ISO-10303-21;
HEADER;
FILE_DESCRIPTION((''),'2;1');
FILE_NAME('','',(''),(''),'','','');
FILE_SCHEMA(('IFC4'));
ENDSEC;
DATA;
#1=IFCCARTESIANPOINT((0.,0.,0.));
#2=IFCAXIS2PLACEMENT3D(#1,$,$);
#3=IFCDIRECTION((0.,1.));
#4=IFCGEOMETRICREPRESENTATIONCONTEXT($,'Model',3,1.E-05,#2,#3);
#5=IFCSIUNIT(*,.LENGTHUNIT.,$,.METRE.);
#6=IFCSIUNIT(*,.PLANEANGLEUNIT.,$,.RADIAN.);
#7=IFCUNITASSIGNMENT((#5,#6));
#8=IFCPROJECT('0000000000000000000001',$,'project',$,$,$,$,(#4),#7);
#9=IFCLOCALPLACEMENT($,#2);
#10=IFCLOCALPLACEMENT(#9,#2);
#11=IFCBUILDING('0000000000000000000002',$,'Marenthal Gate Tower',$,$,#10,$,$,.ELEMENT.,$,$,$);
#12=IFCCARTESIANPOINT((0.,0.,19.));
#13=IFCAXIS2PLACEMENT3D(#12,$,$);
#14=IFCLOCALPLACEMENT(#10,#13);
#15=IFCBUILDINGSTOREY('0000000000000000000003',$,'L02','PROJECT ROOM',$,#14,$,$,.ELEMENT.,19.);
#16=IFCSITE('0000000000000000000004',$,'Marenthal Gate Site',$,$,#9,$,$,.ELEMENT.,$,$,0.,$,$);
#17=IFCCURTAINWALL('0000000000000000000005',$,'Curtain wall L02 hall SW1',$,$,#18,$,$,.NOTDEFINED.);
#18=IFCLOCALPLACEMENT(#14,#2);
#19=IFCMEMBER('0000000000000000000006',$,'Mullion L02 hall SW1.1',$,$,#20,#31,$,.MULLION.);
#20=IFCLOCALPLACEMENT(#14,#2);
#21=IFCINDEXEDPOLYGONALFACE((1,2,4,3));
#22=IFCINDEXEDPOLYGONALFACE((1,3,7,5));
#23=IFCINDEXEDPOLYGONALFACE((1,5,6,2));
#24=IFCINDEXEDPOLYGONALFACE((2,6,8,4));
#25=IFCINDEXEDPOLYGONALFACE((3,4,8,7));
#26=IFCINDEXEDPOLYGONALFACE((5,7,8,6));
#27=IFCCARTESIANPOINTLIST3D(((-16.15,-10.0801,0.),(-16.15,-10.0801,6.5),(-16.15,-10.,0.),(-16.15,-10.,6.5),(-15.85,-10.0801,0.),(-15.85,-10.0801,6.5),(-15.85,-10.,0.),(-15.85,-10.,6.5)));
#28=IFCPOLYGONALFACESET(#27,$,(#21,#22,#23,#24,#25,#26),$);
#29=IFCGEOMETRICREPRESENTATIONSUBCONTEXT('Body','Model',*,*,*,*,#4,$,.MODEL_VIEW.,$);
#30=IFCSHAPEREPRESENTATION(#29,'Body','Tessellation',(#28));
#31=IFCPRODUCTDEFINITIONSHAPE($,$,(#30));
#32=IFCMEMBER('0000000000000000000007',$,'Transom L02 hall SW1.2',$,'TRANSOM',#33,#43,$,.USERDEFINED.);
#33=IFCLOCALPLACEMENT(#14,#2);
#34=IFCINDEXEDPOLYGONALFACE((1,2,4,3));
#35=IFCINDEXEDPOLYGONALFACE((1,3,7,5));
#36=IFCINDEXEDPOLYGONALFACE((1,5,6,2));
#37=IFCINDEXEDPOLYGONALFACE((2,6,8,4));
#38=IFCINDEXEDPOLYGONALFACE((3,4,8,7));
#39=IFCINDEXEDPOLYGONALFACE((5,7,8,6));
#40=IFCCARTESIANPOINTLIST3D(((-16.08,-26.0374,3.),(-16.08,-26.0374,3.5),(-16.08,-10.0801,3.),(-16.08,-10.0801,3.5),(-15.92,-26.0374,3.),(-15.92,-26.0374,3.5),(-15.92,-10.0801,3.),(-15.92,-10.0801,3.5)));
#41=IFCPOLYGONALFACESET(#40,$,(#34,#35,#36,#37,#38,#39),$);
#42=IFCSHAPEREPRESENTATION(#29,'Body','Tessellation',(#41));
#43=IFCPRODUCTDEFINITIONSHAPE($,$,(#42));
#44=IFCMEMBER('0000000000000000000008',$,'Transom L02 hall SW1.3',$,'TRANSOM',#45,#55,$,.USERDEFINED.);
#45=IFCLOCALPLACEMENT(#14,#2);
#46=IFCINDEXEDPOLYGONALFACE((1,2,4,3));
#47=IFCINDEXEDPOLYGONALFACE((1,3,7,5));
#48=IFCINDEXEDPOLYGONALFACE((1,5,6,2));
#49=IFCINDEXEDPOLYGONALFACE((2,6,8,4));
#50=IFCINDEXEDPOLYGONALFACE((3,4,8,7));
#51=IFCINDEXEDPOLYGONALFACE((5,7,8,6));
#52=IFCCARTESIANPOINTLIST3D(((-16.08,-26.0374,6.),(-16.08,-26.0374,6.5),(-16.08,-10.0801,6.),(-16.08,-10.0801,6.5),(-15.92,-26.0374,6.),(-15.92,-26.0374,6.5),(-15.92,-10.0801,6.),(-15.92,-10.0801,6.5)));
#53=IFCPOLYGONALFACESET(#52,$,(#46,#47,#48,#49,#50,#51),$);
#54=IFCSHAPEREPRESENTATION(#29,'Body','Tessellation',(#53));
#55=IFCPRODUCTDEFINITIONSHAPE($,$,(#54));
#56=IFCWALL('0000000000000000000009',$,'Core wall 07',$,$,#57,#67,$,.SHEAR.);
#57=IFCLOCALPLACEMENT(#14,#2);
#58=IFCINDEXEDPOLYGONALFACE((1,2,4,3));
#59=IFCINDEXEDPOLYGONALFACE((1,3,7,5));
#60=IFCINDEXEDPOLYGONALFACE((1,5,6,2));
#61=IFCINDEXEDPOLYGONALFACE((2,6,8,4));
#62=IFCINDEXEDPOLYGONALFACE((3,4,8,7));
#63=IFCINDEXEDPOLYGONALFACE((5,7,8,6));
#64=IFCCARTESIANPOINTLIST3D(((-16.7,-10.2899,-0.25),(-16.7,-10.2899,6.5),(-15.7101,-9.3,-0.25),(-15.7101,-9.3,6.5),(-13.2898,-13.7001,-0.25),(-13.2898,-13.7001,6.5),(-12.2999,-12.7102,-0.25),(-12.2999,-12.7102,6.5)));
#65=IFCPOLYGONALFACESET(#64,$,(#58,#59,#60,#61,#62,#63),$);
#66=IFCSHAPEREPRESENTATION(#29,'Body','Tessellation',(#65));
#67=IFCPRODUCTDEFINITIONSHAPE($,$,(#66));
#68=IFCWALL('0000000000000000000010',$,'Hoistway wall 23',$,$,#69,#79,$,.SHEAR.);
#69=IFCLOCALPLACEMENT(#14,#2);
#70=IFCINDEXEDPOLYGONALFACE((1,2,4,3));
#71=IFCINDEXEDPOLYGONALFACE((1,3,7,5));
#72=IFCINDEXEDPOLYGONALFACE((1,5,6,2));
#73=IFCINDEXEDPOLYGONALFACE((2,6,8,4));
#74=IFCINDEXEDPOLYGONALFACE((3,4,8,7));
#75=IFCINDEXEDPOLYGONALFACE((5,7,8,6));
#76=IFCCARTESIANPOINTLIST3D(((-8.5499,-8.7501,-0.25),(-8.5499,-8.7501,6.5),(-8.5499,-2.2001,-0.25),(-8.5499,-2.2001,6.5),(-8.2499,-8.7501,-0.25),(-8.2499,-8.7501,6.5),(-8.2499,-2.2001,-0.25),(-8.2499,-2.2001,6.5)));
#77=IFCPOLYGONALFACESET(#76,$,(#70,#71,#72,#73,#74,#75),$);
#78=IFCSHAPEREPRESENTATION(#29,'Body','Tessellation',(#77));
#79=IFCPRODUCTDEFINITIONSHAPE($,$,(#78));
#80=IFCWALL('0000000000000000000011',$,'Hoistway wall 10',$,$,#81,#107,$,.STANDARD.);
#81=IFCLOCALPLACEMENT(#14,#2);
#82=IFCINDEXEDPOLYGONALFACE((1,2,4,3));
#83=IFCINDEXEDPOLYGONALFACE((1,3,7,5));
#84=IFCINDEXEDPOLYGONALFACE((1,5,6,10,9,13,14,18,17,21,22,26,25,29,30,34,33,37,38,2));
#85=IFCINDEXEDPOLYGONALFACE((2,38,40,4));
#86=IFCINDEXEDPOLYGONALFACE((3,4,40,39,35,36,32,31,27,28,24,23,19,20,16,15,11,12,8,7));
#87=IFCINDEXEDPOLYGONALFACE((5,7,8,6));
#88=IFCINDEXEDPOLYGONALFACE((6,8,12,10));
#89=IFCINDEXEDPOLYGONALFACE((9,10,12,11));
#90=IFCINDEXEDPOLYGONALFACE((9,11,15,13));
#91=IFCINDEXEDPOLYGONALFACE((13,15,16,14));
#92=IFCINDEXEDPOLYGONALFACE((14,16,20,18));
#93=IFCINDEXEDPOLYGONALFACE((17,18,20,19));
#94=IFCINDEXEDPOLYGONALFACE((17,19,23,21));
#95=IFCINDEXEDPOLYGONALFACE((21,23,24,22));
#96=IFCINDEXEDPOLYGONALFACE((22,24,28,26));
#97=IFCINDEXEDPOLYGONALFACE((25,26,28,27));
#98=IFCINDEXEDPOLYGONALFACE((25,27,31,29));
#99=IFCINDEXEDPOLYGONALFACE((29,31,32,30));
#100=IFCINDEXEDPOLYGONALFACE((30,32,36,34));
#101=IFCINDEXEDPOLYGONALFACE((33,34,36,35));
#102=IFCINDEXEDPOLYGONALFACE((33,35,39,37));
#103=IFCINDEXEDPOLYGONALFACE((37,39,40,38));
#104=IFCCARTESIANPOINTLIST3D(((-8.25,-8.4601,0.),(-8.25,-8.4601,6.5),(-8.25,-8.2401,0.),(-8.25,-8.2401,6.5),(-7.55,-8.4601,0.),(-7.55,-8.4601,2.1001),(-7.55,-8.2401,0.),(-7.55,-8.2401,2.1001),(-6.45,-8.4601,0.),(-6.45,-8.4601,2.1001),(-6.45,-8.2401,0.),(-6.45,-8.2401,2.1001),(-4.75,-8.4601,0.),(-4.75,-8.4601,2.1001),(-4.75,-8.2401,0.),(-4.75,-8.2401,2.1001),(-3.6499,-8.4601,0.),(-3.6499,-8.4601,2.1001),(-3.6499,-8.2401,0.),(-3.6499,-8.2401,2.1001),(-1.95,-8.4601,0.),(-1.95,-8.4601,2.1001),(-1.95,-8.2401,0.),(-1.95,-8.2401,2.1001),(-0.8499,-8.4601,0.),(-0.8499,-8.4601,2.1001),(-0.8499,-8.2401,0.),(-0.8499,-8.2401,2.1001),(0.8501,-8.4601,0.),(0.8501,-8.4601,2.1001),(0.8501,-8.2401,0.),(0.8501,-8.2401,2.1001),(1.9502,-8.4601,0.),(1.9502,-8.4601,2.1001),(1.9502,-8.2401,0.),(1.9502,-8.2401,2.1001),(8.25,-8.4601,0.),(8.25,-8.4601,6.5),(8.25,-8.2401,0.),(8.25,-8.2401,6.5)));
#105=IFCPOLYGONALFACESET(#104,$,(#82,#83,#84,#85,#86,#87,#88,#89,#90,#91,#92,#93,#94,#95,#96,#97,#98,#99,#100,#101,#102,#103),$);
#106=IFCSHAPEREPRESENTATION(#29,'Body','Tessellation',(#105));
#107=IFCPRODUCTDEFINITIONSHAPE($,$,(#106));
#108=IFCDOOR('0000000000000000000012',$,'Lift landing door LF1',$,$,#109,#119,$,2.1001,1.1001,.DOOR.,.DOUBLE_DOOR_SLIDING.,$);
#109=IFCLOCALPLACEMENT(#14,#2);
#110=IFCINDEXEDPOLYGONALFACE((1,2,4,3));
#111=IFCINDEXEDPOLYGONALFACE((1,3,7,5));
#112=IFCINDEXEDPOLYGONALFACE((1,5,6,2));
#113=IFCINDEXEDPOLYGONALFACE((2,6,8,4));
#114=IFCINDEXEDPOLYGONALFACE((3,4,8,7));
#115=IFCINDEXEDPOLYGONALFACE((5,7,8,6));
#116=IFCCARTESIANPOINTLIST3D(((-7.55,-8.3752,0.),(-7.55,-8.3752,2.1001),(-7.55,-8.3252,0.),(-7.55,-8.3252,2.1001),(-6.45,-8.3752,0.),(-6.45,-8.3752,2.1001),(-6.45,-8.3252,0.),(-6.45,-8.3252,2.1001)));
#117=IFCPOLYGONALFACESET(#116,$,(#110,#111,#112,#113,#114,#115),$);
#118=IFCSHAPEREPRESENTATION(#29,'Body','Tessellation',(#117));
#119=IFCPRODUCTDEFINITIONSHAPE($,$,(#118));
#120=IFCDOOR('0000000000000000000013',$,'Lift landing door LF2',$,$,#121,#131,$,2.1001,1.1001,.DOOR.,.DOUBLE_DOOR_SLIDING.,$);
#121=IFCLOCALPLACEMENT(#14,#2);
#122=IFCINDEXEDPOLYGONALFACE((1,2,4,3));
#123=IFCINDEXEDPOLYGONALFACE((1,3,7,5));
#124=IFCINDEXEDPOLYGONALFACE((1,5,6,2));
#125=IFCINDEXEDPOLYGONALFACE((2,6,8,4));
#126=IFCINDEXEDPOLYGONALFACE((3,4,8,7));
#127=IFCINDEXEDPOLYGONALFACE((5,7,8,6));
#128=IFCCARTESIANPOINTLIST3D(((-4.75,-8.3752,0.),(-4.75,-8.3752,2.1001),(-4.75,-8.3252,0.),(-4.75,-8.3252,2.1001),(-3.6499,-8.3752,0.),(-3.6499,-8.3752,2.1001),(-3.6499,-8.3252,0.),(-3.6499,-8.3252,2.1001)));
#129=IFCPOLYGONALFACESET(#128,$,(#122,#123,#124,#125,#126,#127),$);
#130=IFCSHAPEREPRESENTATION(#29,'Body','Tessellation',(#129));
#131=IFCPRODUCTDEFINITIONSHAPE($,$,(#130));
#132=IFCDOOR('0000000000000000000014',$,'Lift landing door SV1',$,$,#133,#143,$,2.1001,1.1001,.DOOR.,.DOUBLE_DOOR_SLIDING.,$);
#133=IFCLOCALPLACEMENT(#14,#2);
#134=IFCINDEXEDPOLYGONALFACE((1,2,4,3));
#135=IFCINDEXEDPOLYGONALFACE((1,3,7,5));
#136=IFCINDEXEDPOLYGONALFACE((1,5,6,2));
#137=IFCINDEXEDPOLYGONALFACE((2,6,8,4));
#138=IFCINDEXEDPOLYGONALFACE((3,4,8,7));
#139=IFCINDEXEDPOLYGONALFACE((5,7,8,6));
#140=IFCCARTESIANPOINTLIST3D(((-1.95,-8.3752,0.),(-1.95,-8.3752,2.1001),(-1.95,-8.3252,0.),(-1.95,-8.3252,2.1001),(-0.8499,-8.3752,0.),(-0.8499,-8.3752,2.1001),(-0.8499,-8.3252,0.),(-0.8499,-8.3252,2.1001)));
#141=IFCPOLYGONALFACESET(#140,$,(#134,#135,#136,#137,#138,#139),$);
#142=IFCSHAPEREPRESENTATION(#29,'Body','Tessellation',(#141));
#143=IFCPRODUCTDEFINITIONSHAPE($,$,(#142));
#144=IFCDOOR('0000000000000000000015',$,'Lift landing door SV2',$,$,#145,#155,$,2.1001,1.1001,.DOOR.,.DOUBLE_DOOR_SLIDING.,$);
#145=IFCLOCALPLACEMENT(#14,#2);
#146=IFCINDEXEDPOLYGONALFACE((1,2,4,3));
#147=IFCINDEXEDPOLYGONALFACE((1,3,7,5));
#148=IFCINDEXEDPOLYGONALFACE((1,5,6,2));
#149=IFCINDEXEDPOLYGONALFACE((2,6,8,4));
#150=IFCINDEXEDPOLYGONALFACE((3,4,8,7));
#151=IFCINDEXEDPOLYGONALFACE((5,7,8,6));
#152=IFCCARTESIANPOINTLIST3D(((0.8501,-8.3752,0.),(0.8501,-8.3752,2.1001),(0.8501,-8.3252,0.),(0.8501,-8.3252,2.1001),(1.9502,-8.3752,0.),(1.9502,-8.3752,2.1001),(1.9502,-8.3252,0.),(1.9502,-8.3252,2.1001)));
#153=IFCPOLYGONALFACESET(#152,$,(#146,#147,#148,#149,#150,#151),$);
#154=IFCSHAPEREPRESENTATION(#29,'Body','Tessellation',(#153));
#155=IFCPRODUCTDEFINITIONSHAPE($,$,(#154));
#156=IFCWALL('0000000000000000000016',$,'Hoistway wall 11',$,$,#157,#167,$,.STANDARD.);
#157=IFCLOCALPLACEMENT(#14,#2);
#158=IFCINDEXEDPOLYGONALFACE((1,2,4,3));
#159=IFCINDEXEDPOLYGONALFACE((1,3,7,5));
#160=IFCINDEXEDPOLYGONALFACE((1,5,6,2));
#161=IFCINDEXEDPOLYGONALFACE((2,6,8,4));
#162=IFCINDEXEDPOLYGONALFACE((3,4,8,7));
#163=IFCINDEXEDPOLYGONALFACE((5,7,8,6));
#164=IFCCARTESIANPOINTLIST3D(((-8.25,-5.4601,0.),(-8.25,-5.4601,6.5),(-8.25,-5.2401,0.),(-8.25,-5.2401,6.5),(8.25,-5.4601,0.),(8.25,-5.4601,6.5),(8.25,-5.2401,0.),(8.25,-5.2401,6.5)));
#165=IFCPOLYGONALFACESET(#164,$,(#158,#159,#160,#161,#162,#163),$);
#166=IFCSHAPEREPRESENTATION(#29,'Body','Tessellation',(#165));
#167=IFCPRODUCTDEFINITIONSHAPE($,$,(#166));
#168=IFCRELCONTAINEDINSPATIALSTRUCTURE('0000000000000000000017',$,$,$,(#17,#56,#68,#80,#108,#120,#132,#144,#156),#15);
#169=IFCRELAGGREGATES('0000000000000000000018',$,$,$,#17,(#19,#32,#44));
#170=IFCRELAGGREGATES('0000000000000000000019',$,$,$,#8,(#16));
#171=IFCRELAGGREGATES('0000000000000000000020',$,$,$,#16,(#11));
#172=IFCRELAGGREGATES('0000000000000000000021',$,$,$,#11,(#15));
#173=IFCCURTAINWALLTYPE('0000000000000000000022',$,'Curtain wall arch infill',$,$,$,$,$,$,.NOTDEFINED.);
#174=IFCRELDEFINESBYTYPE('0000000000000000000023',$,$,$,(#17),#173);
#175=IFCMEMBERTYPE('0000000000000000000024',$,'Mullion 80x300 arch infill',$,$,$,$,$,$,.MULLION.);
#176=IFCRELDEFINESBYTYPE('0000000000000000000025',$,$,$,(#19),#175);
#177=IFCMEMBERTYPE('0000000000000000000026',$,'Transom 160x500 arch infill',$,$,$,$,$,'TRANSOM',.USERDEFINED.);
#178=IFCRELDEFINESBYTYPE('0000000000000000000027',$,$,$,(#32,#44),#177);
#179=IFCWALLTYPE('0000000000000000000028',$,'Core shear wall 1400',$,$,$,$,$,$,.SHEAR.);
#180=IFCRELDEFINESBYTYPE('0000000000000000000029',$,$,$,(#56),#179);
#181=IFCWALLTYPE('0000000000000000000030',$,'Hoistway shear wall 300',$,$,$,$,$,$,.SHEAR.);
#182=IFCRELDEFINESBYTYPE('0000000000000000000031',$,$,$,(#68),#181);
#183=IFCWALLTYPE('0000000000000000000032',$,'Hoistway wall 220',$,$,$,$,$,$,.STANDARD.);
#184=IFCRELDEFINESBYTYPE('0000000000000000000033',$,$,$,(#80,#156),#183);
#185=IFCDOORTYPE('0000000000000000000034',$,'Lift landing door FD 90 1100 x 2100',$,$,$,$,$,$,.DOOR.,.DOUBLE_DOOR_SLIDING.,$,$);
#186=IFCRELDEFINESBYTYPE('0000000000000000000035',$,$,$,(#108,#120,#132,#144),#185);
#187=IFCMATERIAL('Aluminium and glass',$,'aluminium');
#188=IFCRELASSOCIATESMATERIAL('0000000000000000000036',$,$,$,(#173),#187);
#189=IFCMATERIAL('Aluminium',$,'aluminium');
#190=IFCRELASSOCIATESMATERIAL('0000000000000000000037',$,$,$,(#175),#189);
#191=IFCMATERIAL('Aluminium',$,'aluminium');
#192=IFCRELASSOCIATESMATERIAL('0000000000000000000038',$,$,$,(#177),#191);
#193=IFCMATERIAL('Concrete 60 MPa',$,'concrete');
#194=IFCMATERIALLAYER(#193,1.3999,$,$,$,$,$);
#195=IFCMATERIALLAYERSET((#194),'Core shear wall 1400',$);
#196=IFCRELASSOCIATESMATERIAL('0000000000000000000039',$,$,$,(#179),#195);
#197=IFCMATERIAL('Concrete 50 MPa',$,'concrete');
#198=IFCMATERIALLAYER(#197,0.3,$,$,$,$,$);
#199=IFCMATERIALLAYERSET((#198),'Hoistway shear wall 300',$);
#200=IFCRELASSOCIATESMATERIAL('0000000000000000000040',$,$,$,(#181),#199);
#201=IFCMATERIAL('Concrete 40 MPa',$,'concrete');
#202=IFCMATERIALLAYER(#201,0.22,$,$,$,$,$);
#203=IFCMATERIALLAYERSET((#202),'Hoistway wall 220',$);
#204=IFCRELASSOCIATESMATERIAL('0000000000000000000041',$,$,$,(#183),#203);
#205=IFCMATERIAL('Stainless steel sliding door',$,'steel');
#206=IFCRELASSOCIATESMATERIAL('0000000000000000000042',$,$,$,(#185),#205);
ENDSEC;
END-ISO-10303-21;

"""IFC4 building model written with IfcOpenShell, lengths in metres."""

from ifc_helpers import new_model, si_unit, direction, frame, frame_2d, origin, origin_2d, place, context, subcontext, project, spatial, rectangle, extrude, material, layer, layer_set, material_profile, profile_set, type_object, element, fill, aggregate, save


model = new_model("IFC4")

# Units and contexts
model_context = context("Model", 3, precision=1e-05, world=origin(), true_north=direction((0.0, 1.0)))
body_context = subcontext(model_context, "Body", "Model", "MODEL_VIEW")
ifc_project = project(units=[si_unit("LENGTHUNIT", "METRE"), si_unit("PLANEANGLEUNIT", "RADIAN")], contexts=[model_context])

# Site, building, storey
site_placement = place(None, origin())
site = spatial("IfcSite", under=ifc_project, at=site_placement, Name="Marenthal Gate Site", CompositionType="ELEMENT", RefElevation=0.0)
building_placement = place(site_placement, origin())
building = spatial("IfcBuilding", under=site, at=building_placement, Name="Marenthal Gate Tower", CompositionType="ELEMENT")
storey_placement = place(building_placement, frame((0.0, 0.0, 19.0)))
storey = spatial("IfcBuildingStorey", under=building, at=storey_placement, Name="L02", Description="PROJECT ROOM", CompositionType="ELEMENT", Elevation=19.0)

# Curtain wall, members
ifc_material_1 = material(Name="Aluminium and glass", Category="aluminium")
curtain_wall_type = type_object("IfcCurtainWallType", Name="Curtain wall arch infill", PredefinedType="NOTDEFINED", material=ifc_material_1)
curtain_wall_placement = place(storey_placement, origin())
curtain_wall = element("IfcCurtainWall", 1, at=curtain_wall_placement, inside=storey, type_object=curtain_wall_type, Name="Curtain wall L02 hall SW1", PredefinedType="NOTDEFINED")
ifc_material_2 = material(Name="Aluminium", Category="aluminium")
ifc_material_profile_1 = material_profile(ifc_material_2, rectangle(XDim=0.3, YDim=0.0801, at=origin_2d()), Name="80x300 aluminium mullion")
ifc_profile_set_1 = profile_set([ifc_material_profile_1], Name="Aluminium")
member_type_1 = type_object("IfcMemberType", Name="Mullion 80x300 arch infill", PredefinedType="MULLION", material=ifc_profile_set_1)
member_1_placement = place(storey_placement, frame((-16.0, -10.04, 0.0), z_axis=(0.0, 0.0, 1.0), x_axis=(1.0, 0.0, 0.0)))
member_1 = element("IfcMember", 2, at=member_1_placement, type_object=member_type_1, Name="Mullion L02 hall SW1.1", PredefinedType="MULLION", context=body_context, shape_type="SweptSolid", body=[
    extrude(rectangle(XDim=0.3, YDim=0.0801, at=origin_2d()), origin(), (0.0, 0.0, 1.0), 6.5),
])
ifc_material_3 = material(Name="Aluminium", Category="aluminium")
ifc_material_profile_2 = material_profile(ifc_material_3, rectangle(XDim=0.1599, YDim=0.5, at=origin_2d()), Name="160x500 aluminium transom")
ifc_profile_set_2 = profile_set([ifc_material_profile_2], Name="Aluminium")
member_type_2 = type_object("IfcMemberType", Name="Transom 160x500 arch infill", ElementType="TRANSOM", PredefinedType="USERDEFINED", material=ifc_profile_set_2)
member_2_placement = place(storey_placement, frame((-16.0, -10.0801, 3.25), z_axis=(0.0, -1.0, 0.0), x_axis=(1.0, 0.0, 0.0)))
member_2 = element("IfcMember", 3, at=member_2_placement, type_object=member_type_2, Name="Transom L02 hall SW1.2", ObjectType="TRANSOM", PredefinedType="USERDEFINED", context=body_context, shape_type="SweptSolid", body=[
    extrude(rectangle(XDim=0.1599, YDim=0.5, at=origin_2d()), origin(), (0.0, 0.0, 1.0), 15.9573),
])
member_3_placement = place(storey_placement, frame((-16.0, -10.0801, 6.25), z_axis=(0.0, -1.0, 0.0), x_axis=(1.0, 0.0, 0.0)))
member_3 = element("IfcMember", 4, at=member_3_placement, type_object=member_type_2, Name="Transom L02 hall SW1.3", ObjectType="TRANSOM", PredefinedType="USERDEFINED", context=body_context, shape_type="SweptSolid", body=[
    extrude(rectangle(XDim=0.1599, YDim=0.5, at=origin_2d()), origin(), (0.0, 0.0, 1.0), 15.9573),
])
aggregate(curtain_wall, [member_1, member_2, member_3])

# Walls
ifc_material_4 = material(Name="Concrete 60 MPa", Category="concrete")
ifc_layer_1 = layer(ifc_material_4, 1.3999)
ifc_layer_set_1 = layer_set([ifc_layer_1], Name="Core shear wall 1400")
wall_type_1 = type_object("IfcWallType", Name="Core shear wall 1400", PredefinedType="SHEAR", material=ifc_layer_set_1)
wall_1_placement = place(storey_placement, frame((-16.2051, -9.7949, -0.25), z_axis=(0.0, 0.0, 1.0), x_axis=(0.707107, -0.707107, 0.0)))
element("IfcWall", 5, at=wall_1_placement, inside=storey, type_object=wall_type_1, Name="Core wall 07", PredefinedType="SHEAR", context=body_context, shape_type="SweptSolid", body=[
    extrude(rectangle(XDim=4.8228, YDim=1.3999, at=frame_2d((2.4114, 0.0))), origin(), (0.0, 0.0, 1.0), 6.75),
])
ifc_material_5 = material(Name="Concrete 50 MPa", Category="concrete")
ifc_layer_2 = layer(ifc_material_5, 0.3)
ifc_layer_set_2 = layer_set([ifc_layer_2], Name="Hoistway shear wall 300")
wall_type_2 = type_object("IfcWallType", Name="Hoistway shear wall 300", PredefinedType="SHEAR", material=ifc_layer_set_2)
wall_2_placement = place(storey_placement, frame((-8.3999, -8.75, -0.25), z_axis=(0.0, 0.0, 1.0), x_axis=(0.0, 1.0, 0.0)))
element("IfcWall", 6, at=wall_2_placement, inside=storey, type_object=wall_type_2, Name="Hoistway wall 23", PredefinedType="SHEAR", context=body_context, shape_type="SweptSolid", body=[
    extrude(rectangle(XDim=6.55, YDim=0.3, at=frame_2d((3.2749, 0.0))), origin(), (0.0, 0.0, 1.0), 6.75),
])

# Wall, openings, doors
ifc_material_6 = material(Name="Concrete 40 MPa", Category="concrete")
ifc_layer_3 = layer(ifc_material_6, 0.22)
ifc_layer_set_3 = layer_set([ifc_layer_3], Name="Hoistway wall 220")
wall_type_3 = type_object("IfcWallType", Name="Hoistway wall 220", PredefinedType="STANDARD", material=ifc_layer_set_3)
wall_3_placement = place(storey_placement, frame((-8.25, -8.3501, 0.0), z_axis=(0.0, 0.0, 1.0), x_axis=(1.0, 0.0, 0.0)))
wall_3 = element("IfcWall", 7, at=wall_3_placement, inside=storey, type_object=wall_type_3, Name="Hoistway wall 10", PredefinedType="STANDARD", context=body_context, shape_type="SweptSolid", body=[
    extrude(rectangle(XDim=16.5, YDim=0.22, at=frame_2d((8.25, 0.0))), origin(), (0.0, 0.0, 1.0), 6.5),
])
opening_1_placement = place(wall_3_placement, frame((0.7, 0.0, 0.0)))
opening_1 = element("IfcOpeningElement", 8, at=opening_1_placement, cuts=wall_3, PredefinedType="OPENING", context=body_context, shape_type="SweptSolid", body=[
    extrude(rectangle(XDim=1.1001, YDim=2.1001, at=frame_2d((0.55, 1.05))), frame((0.0, 0.1201, 0.0), z_axis=(0.0, -1.0, 0.0), x_axis=(1.0, 0.0, 0.0)), (0.0, 0.0, 1.0), 0.24),
])
opening_2_placement = place(wall_3_placement, frame((3.5, 0.0, 0.0)))
opening_2 = element("IfcOpeningElement", 9, at=opening_2_placement, cuts=wall_3, PredefinedType="OPENING", context=body_context, shape_type="SweptSolid", body=[
    extrude(rectangle(XDim=1.1001, YDim=2.1001, at=frame_2d((0.55, 1.05))), frame((0.0, 0.1201, 0.0), z_axis=(0.0, -1.0, 0.0), x_axis=(1.0, 0.0, 0.0)), (0.0, 0.0, 1.0), 0.24),
])
opening_3_placement = place(wall_3_placement, frame((6.3, 0.0, 0.0)))
opening_3 = element("IfcOpeningElement", 10, at=opening_3_placement, cuts=wall_3, PredefinedType="OPENING", context=body_context, shape_type="SweptSolid", body=[
    extrude(rectangle(XDim=1.1001, YDim=2.1001, at=frame_2d((0.55, 1.05))), frame((0.0, 0.1201, 0.0), z_axis=(0.0, -1.0, 0.0), x_axis=(1.0, 0.0, 0.0)), (0.0, 0.0, 1.0), 0.24),
])
opening_4_placement = place(wall_3_placement, frame((9.1001, 0.0, 0.0)))
opening_4 = element("IfcOpeningElement", 11, at=opening_4_placement, cuts=wall_3, PredefinedType="OPENING", context=body_context, shape_type="SweptSolid", body=[
    extrude(rectangle(XDim=1.1001, YDim=2.1001, at=frame_2d((0.55, 1.05))), frame((0.0, 0.1201, 0.0), z_axis=(0.0, -1.0, 0.0), x_axis=(1.0, 0.0, 0.0)), (0.0, 0.0, 1.0), 0.24),
])
ifc_material_7 = material(Name="Stainless steel sliding door", Category="steel")
door_type_1 = type_object("IfcDoorType", Name="Lift landing door FD 90 1100 x 2100", OperationType="DOUBLE_DOOR_SLIDING", PredefinedType="DOOR", material=ifc_material_7)
door_1_placement = place(opening_1_placement, origin())
door_1 = element("IfcDoor", 12, at=door_1_placement, inside=storey, type_object=door_type_1, Name="Lift landing door LF1", OperationType="DOUBLE_DOOR_SLIDING", OverallHeight=2.1001, OverallWidth=1.1001, PredefinedType="DOOR", context=body_context, shape_type="SweptSolid", body=[
    extrude(rectangle(XDim=1.1001, YDim=2.1001, at=frame_2d((0.55, 1.05))), frame((0.0, 0.0249, 0.0), z_axis=(0.0, -1.0, 0.0), x_axis=(1.0, 0.0, 0.0)), (0.0, 0.0, 1.0), 0.05),
])
fill(opening_1, door_1)
door_2_placement = place(opening_2_placement, origin())
door_2 = element("IfcDoor", 13, at=door_2_placement, inside=storey, type_object=door_type_1, Name="Lift landing door LF2", OperationType="DOUBLE_DOOR_SLIDING", OverallHeight=2.1001, OverallWidth=1.1001, PredefinedType="DOOR", context=body_context, shape_type="SweptSolid", body=[
    extrude(rectangle(XDim=1.1001, YDim=2.1001, at=frame_2d((0.55, 1.05))), frame((0.0, 0.0249, 0.0), z_axis=(0.0, -1.0, 0.0), x_axis=(1.0, 0.0, 0.0)), (0.0, 0.0, 1.0), 0.05),
])
fill(opening_2, door_2)
door_3_placement = place(opening_3_placement, origin())
door_3 = element("IfcDoor", 14, at=door_3_placement, inside=storey, type_object=door_type_1, Name="Lift landing door SV1", OperationType="DOUBLE_DOOR_SLIDING", OverallHeight=2.1001, OverallWidth=1.1001, PredefinedType="DOOR", context=body_context, shape_type="SweptSolid", body=[
    extrude(rectangle(XDim=1.1001, YDim=2.1001, at=frame_2d((0.55, 1.05))), frame((0.0, 0.0249, 0.0), z_axis=(0.0, -1.0, 0.0), x_axis=(1.0, 0.0, 0.0)), (0.0, 0.0, 1.0), 0.05),
])
fill(opening_3, door_3)
door_4_placement = place(opening_4_placement, origin())
door_4 = element("IfcDoor", 15, at=door_4_placement, inside=storey, type_object=door_type_1, Name="Lift landing door SV2", OperationType="DOUBLE_DOOR_SLIDING", OverallHeight=2.1001, OverallWidth=1.1001, PredefinedType="DOOR", context=body_context, shape_type="SweptSolid", body=[
    extrude(rectangle(XDim=1.1001, YDim=2.1001, at=frame_2d((0.55, 1.05))), frame((0.0, 0.0249, 0.0), z_axis=(0.0, -1.0, 0.0), x_axis=(1.0, 0.0, 0.0)), (0.0, 0.0, 1.0), 0.05),
])
fill(opening_4, door_4)

# Wall
wall_4_placement = place(storey_placement, frame((-8.25, -5.3501, 0.0), z_axis=(0.0, 0.0, 1.0), x_axis=(1.0, 0.0, 0.0)))
element("IfcWall", 16, at=wall_4_placement, inside=storey, type_object=wall_type_3, Name="Hoistway wall 11", PredefinedType="STANDARD", context=body_context, shape_type="SweptSolid", body=[
    extrude(rectangle(XDim=16.5, YDim=0.22, at=frame_2d((8.25, 0.0))), origin(), (0.0, 0.0, 1.0), 6.5),
])

save(model, "model.ifc")
